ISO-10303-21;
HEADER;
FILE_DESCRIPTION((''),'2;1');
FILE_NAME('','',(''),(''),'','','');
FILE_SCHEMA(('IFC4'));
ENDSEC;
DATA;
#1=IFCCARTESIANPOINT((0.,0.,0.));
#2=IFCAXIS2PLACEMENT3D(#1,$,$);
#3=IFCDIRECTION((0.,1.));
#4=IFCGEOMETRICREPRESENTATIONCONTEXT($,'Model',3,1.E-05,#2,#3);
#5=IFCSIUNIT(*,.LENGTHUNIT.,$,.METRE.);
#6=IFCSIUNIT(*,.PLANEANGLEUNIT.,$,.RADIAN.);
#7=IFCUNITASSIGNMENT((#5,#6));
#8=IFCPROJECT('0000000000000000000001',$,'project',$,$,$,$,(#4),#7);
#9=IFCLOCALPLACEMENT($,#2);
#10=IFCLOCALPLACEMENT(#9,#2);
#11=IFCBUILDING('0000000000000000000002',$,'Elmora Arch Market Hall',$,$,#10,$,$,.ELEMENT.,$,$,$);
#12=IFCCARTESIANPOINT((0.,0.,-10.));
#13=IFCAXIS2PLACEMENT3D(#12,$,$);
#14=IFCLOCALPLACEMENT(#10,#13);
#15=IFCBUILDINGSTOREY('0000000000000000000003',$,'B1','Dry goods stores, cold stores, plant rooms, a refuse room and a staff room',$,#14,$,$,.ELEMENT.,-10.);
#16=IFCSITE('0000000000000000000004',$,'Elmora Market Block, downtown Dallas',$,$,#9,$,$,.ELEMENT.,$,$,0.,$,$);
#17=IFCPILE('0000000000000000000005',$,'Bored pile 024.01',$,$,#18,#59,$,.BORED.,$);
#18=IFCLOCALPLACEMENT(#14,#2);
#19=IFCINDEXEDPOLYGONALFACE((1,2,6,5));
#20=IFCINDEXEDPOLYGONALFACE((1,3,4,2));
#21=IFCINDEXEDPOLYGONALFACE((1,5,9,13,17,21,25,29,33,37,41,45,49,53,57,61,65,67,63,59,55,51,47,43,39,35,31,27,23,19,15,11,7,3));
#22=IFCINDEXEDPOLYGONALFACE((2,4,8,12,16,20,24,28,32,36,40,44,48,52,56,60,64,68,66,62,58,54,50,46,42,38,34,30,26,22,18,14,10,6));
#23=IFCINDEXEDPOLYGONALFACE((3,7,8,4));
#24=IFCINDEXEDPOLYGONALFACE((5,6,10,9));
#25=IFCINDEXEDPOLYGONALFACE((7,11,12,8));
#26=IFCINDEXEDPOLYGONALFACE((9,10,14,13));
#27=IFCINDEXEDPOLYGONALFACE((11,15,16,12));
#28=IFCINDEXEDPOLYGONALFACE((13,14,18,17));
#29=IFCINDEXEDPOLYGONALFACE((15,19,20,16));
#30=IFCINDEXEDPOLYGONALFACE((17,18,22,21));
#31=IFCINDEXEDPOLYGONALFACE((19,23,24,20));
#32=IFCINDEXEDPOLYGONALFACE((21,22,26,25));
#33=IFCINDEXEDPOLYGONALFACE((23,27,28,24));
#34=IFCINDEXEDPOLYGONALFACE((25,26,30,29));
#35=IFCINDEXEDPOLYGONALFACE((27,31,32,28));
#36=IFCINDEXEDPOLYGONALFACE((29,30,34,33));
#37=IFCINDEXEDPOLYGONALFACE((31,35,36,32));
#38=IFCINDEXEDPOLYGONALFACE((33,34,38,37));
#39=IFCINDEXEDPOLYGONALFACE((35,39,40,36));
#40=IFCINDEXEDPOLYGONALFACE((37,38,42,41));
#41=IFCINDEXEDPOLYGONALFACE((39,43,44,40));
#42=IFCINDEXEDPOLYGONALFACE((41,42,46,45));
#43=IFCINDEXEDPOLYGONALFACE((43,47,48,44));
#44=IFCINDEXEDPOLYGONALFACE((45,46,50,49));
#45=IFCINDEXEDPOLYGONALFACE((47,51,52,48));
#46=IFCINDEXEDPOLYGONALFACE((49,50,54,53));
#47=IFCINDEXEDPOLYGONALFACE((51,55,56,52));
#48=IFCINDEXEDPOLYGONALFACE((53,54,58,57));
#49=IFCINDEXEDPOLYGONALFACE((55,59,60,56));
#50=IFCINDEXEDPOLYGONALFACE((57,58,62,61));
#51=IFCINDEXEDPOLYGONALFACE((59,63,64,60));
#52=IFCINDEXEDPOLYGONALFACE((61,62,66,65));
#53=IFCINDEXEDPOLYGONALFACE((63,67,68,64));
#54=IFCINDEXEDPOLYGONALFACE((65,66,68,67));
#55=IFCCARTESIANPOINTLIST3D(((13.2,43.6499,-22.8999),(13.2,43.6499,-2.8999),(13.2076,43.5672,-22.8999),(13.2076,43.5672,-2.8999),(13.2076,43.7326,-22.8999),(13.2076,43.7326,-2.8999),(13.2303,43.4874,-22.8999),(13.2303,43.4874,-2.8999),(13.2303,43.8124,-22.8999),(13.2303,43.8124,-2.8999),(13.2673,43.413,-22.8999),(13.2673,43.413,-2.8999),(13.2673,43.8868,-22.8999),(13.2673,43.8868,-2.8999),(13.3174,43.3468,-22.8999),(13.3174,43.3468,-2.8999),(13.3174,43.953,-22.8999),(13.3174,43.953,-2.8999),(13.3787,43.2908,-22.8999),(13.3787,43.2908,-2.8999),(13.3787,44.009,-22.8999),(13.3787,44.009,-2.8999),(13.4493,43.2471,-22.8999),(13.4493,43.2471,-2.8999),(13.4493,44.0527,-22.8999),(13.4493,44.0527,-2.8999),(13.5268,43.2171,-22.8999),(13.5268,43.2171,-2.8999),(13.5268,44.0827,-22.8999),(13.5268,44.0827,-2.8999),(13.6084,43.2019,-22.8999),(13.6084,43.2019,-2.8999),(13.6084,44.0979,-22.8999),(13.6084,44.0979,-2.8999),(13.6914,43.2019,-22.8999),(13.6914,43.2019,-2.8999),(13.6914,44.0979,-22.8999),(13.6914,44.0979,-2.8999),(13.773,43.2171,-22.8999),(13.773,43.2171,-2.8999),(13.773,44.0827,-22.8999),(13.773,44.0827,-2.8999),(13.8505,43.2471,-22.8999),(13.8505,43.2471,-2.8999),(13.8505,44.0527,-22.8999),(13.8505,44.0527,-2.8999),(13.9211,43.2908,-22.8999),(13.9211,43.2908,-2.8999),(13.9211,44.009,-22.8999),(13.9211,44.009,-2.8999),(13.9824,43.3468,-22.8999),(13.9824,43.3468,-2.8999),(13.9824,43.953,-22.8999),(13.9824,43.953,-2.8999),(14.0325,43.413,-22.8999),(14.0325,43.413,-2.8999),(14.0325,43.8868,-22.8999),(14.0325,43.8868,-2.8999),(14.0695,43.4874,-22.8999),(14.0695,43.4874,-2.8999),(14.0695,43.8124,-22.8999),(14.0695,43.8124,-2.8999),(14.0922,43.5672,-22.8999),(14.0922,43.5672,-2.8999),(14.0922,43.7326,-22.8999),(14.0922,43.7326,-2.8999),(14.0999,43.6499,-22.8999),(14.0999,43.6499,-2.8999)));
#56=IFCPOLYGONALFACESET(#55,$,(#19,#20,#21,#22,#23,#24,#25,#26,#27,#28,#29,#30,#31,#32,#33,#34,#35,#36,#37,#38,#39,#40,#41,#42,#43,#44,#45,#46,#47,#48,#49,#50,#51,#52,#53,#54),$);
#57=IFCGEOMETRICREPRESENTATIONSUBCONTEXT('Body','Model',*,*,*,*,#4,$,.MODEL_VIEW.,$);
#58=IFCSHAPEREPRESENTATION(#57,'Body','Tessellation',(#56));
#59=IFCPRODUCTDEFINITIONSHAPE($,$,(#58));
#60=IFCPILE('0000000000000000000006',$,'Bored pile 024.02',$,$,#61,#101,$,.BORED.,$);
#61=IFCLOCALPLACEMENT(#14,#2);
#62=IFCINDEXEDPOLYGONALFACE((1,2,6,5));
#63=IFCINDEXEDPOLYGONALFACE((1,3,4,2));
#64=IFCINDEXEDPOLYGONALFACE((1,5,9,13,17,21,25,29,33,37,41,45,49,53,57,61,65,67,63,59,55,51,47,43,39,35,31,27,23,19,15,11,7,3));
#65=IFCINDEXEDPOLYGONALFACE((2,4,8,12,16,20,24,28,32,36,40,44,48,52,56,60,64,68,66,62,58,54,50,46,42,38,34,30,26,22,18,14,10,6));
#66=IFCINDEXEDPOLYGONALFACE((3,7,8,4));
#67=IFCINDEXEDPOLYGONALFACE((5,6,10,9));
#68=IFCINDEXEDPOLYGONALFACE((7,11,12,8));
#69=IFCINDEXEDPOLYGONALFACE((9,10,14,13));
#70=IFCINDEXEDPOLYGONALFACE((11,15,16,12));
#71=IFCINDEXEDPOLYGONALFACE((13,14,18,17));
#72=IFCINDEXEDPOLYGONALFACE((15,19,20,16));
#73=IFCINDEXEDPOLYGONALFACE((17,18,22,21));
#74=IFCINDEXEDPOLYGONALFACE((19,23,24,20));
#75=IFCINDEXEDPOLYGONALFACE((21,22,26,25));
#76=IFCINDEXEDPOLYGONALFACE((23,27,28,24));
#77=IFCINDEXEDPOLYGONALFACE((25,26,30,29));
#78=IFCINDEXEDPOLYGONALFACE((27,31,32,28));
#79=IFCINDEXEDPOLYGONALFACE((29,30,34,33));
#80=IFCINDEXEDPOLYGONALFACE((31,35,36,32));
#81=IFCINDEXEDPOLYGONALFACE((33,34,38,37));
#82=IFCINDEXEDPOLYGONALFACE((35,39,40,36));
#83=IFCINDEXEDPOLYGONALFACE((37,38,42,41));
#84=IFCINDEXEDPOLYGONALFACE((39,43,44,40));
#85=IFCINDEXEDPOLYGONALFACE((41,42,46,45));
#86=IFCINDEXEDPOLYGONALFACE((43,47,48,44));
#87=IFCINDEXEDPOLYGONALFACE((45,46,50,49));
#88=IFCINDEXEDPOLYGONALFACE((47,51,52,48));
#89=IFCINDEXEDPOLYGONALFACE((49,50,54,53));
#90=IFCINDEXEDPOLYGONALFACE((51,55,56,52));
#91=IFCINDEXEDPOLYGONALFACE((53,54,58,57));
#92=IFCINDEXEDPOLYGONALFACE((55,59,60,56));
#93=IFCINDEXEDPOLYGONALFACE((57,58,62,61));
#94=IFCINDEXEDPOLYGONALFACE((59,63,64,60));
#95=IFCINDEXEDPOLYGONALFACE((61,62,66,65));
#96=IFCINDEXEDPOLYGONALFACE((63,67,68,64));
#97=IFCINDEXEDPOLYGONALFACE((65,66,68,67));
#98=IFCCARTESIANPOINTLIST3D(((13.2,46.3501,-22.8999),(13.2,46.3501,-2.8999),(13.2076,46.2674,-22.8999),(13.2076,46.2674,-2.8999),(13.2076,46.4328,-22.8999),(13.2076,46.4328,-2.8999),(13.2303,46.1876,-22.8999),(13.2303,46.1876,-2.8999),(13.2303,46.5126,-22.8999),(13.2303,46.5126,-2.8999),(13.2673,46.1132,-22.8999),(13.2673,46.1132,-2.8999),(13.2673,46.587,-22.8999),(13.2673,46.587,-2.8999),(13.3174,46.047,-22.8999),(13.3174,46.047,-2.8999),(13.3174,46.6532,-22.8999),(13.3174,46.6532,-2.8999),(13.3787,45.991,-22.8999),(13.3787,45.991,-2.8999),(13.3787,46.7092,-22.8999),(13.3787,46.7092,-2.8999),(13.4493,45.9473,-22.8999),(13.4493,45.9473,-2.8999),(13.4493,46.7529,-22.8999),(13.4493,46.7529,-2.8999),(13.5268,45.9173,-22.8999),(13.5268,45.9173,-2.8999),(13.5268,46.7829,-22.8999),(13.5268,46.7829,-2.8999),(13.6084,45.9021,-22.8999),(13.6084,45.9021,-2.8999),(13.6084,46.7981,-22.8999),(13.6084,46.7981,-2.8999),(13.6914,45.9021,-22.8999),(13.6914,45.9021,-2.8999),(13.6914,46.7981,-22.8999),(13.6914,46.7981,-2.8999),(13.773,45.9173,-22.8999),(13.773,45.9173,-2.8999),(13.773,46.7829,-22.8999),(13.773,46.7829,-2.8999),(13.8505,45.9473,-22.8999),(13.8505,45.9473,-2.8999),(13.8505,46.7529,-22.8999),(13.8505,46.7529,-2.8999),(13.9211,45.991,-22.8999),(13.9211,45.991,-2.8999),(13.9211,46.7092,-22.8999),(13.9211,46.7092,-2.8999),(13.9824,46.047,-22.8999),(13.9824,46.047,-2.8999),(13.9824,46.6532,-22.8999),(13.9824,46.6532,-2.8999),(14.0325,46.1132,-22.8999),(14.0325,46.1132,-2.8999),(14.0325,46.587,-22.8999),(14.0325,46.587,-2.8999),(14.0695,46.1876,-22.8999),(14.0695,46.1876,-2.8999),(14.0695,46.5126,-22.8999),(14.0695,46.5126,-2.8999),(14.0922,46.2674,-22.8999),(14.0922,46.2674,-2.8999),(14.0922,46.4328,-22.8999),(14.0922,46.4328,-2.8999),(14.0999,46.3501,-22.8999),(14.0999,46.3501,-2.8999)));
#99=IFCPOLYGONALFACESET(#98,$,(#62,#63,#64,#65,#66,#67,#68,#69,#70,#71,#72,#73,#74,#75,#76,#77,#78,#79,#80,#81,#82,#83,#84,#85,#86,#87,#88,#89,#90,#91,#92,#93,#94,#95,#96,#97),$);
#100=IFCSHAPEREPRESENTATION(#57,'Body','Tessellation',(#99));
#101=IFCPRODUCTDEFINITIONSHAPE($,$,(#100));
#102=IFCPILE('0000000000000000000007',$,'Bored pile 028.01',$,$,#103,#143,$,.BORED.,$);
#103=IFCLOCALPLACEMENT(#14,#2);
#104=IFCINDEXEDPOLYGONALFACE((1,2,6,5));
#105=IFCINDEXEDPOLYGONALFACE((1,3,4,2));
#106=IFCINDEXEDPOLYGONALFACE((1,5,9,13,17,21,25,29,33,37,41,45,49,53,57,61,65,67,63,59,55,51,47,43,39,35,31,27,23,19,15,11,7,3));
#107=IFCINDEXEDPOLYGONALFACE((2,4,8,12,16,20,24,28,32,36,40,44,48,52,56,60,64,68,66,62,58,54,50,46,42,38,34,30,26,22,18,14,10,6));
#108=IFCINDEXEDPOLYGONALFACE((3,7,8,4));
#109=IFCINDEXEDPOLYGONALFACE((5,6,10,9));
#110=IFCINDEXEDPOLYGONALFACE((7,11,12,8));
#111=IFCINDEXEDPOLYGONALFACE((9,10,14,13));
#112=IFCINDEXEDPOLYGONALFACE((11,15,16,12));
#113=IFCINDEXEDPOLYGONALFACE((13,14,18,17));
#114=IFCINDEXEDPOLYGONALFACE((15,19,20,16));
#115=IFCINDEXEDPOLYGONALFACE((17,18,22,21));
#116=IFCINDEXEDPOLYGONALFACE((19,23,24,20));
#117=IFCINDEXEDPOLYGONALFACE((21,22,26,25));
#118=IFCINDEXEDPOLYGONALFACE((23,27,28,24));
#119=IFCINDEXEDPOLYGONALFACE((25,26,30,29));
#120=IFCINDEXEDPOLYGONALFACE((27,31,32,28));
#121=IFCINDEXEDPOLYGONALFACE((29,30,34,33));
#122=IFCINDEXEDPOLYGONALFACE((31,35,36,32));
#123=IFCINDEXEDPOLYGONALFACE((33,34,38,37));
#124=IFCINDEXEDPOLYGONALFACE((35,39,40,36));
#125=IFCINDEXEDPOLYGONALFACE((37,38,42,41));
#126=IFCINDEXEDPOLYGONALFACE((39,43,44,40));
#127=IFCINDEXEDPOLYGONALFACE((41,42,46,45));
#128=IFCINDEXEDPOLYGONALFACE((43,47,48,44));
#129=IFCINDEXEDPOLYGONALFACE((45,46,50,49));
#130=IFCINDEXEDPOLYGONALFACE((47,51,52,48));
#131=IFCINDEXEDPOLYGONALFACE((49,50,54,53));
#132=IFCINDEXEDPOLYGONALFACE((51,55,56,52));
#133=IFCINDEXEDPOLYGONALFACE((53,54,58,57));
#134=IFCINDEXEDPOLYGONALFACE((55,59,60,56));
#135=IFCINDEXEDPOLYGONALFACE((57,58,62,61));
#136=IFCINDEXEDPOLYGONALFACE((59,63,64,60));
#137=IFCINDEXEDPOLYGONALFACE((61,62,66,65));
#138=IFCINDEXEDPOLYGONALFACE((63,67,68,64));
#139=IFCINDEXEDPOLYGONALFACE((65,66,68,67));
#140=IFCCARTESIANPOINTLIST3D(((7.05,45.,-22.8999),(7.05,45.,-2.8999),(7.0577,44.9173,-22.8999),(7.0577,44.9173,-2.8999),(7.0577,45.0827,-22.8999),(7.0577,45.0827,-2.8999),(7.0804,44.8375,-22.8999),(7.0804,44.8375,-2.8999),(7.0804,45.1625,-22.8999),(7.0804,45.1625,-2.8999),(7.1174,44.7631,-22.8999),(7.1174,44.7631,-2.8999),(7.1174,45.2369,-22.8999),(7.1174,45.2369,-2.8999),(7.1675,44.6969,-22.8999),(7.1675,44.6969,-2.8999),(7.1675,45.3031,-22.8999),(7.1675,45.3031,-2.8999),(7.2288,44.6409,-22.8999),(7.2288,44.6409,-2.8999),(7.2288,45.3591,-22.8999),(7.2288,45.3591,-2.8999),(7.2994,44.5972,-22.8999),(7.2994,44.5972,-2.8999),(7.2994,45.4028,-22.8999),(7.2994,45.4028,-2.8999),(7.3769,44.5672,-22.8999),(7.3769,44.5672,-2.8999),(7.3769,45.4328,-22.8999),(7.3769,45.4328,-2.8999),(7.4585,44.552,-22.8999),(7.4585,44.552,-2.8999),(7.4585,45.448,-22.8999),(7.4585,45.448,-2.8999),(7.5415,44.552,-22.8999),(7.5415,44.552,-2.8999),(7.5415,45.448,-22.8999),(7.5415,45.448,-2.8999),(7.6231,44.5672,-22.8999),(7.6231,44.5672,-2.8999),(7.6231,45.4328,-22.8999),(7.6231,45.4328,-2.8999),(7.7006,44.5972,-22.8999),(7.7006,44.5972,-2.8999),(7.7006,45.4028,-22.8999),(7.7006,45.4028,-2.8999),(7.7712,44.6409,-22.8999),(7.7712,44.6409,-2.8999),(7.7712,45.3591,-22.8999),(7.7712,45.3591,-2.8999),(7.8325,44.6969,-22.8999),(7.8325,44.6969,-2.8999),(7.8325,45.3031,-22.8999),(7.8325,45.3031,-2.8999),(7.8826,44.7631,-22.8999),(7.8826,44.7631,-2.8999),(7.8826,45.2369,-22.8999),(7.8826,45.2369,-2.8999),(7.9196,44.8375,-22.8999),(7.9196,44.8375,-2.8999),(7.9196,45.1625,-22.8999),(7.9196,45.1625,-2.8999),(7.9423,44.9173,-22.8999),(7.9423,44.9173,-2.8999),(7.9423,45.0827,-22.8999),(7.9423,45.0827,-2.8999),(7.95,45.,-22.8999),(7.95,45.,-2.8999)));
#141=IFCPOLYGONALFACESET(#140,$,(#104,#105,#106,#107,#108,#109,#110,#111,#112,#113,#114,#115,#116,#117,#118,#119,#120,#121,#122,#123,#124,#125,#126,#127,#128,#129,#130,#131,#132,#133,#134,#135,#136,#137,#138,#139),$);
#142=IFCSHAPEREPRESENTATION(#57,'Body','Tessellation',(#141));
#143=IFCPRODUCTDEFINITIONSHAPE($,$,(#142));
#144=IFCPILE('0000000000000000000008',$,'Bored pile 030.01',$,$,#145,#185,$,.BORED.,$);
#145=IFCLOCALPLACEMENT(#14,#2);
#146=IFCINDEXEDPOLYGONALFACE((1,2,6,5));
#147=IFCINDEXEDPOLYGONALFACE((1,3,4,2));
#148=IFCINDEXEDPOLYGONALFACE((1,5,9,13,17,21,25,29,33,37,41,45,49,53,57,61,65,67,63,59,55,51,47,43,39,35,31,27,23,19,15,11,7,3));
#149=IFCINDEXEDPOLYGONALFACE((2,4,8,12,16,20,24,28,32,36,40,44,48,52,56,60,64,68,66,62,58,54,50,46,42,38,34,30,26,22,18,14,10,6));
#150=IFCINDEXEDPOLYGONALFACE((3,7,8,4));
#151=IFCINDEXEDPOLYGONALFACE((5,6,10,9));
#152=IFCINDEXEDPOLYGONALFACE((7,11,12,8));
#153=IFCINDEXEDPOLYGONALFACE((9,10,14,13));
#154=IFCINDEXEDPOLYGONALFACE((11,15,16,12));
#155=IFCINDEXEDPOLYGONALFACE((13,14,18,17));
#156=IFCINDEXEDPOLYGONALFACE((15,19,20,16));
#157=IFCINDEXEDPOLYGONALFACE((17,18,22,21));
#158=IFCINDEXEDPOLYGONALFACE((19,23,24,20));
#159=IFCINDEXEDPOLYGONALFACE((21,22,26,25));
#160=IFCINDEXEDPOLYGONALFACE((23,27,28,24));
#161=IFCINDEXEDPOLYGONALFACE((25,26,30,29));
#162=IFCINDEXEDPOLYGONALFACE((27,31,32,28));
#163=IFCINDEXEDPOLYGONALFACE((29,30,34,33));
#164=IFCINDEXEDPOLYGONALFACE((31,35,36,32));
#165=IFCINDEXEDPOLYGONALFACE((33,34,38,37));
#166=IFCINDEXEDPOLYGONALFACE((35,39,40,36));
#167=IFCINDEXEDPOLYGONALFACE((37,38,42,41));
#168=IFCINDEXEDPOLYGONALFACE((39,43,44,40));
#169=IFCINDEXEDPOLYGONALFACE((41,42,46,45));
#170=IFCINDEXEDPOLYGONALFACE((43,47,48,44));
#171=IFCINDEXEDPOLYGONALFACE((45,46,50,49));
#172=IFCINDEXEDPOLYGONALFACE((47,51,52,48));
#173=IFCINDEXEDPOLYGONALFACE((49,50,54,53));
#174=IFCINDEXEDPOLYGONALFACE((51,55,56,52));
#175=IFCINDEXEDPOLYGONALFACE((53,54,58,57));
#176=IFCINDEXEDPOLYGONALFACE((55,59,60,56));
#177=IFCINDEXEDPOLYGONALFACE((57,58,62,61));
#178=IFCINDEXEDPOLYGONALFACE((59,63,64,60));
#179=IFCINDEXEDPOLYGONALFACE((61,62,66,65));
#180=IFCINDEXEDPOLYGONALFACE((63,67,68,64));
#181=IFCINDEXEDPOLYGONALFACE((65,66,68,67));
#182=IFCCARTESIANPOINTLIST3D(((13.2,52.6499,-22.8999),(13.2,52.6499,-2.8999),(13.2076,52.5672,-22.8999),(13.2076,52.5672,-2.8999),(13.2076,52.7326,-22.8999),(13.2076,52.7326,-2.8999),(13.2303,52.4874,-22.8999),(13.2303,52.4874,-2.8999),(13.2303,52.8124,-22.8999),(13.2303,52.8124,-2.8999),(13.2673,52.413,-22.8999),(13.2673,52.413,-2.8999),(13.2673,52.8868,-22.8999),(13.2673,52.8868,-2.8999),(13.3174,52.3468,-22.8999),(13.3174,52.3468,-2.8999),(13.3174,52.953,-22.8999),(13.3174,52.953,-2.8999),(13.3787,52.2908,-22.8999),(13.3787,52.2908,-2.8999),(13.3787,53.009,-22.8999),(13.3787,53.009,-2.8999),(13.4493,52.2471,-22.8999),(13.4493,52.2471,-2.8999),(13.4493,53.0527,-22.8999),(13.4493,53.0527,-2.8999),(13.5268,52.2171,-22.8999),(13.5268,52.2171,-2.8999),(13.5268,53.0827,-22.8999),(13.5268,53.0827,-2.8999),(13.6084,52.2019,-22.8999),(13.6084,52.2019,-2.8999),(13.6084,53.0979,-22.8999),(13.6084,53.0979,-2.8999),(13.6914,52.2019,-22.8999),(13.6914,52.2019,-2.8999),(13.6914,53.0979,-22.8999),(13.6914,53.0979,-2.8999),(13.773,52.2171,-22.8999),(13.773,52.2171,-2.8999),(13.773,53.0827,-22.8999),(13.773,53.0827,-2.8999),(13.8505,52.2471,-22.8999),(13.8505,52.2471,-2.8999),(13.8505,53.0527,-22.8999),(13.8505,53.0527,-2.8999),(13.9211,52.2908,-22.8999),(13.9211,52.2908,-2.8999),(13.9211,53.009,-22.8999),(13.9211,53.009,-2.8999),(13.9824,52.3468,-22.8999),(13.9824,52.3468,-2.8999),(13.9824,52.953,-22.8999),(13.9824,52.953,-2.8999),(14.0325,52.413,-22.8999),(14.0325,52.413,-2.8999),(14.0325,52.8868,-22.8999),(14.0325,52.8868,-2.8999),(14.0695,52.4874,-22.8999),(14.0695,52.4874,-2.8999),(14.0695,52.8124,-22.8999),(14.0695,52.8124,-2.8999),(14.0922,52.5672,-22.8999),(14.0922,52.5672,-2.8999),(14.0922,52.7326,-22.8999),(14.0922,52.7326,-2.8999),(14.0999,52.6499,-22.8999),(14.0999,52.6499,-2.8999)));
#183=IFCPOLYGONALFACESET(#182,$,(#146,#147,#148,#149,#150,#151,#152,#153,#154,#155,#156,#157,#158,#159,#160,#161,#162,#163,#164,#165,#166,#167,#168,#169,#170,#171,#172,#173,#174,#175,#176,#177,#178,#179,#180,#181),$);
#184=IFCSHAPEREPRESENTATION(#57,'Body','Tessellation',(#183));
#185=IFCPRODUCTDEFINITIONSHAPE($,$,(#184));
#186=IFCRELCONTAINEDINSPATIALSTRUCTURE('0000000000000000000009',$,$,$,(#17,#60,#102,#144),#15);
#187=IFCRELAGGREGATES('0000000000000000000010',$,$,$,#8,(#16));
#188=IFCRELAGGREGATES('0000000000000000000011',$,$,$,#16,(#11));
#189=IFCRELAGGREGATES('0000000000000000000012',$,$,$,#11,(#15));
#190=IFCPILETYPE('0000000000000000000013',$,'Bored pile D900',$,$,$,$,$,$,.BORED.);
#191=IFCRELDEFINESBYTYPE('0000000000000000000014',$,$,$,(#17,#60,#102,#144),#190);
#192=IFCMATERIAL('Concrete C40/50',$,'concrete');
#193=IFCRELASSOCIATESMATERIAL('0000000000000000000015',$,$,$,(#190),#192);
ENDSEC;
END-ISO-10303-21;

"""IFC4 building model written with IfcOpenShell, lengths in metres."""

from ifc_helpers import new_model, si_unit, direction, frame, origin, origin_2d, place, context, subcontext, project, spatial, circle, extrude, material, material_profile, profile_set, type_object, element, save


model = new_model("IFC4")

# Units and contexts
model_context = context("Model", 3, precision=1e-05, world=origin(), true_north=direction((0.0, 1.0)))
body_context = subcontext(model_context, "Body", "Model", "MODEL_VIEW")
ifc_project = project(units=[si_unit("LENGTHUNIT", "METRE"), si_unit("PLANEANGLEUNIT", "RADIAN")], contexts=[model_context])

# Site, building, storey
site_placement = place(None, origin())
site = spatial("IfcSite", under=ifc_project, at=site_placement, Name="Elmora Market Block, downtown Dallas", CompositionType="ELEMENT", RefElevation=0.0)
building_placement = place(site_placement, origin())
building = spatial("IfcBuilding", under=site, at=building_placement, Name="Elmora Arch Market Hall", CompositionType="ELEMENT")
storey_placement = place(building_placement, frame((0.0, 0.0, -10.0)))
storey = spatial("IfcBuildingStorey", under=building, at=storey_placement, Name="B1", Description="Dry goods stores, cold stores, plant rooms, a refuse room and a staff room", CompositionType="ELEMENT", Elevation=-10.0)

# Piles
ifc_material_1 = material(Name="Concrete C40/50", Category="concrete")
ifc_material_profile_1 = material_profile(ifc_material_1, circle(Radius=0.45, at=origin_2d()), Name="Bored pile D900")
ifc_profile_set_1 = profile_set([ifc_material_profile_1], Name="Concrete C40/50")
pile_type = type_object("IfcPileType", Name="Bored pile D900", PredefinedType="BORED", material=ifc_profile_set_1)
for number, where, z_axis, x_axis, name in (
    (1, (13.6499, 43.6499, -2.8999), (0.0, 0.0, -1.0), (1.0, 0.0, 0.0), "Bored pile 024.01"),
    (2, (13.6499, 46.3501, -2.8999), (0.0, 0.0, -1.0), (1.0, 0.0, 0.0), "Bored pile 024.02"),
    (3, (7.5, 45.0, -2.8999), (0.0, 0.0, -1.0), (1.0, 0.0, 0.0), "Bored pile 028.01"),
    (4, (13.6499, 52.6499, -2.8999), (0.0, 0.0, -1.0), (1.0, 0.0, 0.0), "Bored pile 030.01"),
):
    element("IfcPile", number, at=place(storey_placement, frame(where, z_axis=z_axis, x_axis=x_axis)), inside=storey, type_object=pile_type, Name=name, PredefinedType="BORED", context=body_context, shape_type="SweptSolid", body=[
        extrude(circle(Radius=0.45, at=origin_2d()), origin(), (0.0, 0.0, 1.0), 20.0),
    ])

save(model, "model.ifc")
